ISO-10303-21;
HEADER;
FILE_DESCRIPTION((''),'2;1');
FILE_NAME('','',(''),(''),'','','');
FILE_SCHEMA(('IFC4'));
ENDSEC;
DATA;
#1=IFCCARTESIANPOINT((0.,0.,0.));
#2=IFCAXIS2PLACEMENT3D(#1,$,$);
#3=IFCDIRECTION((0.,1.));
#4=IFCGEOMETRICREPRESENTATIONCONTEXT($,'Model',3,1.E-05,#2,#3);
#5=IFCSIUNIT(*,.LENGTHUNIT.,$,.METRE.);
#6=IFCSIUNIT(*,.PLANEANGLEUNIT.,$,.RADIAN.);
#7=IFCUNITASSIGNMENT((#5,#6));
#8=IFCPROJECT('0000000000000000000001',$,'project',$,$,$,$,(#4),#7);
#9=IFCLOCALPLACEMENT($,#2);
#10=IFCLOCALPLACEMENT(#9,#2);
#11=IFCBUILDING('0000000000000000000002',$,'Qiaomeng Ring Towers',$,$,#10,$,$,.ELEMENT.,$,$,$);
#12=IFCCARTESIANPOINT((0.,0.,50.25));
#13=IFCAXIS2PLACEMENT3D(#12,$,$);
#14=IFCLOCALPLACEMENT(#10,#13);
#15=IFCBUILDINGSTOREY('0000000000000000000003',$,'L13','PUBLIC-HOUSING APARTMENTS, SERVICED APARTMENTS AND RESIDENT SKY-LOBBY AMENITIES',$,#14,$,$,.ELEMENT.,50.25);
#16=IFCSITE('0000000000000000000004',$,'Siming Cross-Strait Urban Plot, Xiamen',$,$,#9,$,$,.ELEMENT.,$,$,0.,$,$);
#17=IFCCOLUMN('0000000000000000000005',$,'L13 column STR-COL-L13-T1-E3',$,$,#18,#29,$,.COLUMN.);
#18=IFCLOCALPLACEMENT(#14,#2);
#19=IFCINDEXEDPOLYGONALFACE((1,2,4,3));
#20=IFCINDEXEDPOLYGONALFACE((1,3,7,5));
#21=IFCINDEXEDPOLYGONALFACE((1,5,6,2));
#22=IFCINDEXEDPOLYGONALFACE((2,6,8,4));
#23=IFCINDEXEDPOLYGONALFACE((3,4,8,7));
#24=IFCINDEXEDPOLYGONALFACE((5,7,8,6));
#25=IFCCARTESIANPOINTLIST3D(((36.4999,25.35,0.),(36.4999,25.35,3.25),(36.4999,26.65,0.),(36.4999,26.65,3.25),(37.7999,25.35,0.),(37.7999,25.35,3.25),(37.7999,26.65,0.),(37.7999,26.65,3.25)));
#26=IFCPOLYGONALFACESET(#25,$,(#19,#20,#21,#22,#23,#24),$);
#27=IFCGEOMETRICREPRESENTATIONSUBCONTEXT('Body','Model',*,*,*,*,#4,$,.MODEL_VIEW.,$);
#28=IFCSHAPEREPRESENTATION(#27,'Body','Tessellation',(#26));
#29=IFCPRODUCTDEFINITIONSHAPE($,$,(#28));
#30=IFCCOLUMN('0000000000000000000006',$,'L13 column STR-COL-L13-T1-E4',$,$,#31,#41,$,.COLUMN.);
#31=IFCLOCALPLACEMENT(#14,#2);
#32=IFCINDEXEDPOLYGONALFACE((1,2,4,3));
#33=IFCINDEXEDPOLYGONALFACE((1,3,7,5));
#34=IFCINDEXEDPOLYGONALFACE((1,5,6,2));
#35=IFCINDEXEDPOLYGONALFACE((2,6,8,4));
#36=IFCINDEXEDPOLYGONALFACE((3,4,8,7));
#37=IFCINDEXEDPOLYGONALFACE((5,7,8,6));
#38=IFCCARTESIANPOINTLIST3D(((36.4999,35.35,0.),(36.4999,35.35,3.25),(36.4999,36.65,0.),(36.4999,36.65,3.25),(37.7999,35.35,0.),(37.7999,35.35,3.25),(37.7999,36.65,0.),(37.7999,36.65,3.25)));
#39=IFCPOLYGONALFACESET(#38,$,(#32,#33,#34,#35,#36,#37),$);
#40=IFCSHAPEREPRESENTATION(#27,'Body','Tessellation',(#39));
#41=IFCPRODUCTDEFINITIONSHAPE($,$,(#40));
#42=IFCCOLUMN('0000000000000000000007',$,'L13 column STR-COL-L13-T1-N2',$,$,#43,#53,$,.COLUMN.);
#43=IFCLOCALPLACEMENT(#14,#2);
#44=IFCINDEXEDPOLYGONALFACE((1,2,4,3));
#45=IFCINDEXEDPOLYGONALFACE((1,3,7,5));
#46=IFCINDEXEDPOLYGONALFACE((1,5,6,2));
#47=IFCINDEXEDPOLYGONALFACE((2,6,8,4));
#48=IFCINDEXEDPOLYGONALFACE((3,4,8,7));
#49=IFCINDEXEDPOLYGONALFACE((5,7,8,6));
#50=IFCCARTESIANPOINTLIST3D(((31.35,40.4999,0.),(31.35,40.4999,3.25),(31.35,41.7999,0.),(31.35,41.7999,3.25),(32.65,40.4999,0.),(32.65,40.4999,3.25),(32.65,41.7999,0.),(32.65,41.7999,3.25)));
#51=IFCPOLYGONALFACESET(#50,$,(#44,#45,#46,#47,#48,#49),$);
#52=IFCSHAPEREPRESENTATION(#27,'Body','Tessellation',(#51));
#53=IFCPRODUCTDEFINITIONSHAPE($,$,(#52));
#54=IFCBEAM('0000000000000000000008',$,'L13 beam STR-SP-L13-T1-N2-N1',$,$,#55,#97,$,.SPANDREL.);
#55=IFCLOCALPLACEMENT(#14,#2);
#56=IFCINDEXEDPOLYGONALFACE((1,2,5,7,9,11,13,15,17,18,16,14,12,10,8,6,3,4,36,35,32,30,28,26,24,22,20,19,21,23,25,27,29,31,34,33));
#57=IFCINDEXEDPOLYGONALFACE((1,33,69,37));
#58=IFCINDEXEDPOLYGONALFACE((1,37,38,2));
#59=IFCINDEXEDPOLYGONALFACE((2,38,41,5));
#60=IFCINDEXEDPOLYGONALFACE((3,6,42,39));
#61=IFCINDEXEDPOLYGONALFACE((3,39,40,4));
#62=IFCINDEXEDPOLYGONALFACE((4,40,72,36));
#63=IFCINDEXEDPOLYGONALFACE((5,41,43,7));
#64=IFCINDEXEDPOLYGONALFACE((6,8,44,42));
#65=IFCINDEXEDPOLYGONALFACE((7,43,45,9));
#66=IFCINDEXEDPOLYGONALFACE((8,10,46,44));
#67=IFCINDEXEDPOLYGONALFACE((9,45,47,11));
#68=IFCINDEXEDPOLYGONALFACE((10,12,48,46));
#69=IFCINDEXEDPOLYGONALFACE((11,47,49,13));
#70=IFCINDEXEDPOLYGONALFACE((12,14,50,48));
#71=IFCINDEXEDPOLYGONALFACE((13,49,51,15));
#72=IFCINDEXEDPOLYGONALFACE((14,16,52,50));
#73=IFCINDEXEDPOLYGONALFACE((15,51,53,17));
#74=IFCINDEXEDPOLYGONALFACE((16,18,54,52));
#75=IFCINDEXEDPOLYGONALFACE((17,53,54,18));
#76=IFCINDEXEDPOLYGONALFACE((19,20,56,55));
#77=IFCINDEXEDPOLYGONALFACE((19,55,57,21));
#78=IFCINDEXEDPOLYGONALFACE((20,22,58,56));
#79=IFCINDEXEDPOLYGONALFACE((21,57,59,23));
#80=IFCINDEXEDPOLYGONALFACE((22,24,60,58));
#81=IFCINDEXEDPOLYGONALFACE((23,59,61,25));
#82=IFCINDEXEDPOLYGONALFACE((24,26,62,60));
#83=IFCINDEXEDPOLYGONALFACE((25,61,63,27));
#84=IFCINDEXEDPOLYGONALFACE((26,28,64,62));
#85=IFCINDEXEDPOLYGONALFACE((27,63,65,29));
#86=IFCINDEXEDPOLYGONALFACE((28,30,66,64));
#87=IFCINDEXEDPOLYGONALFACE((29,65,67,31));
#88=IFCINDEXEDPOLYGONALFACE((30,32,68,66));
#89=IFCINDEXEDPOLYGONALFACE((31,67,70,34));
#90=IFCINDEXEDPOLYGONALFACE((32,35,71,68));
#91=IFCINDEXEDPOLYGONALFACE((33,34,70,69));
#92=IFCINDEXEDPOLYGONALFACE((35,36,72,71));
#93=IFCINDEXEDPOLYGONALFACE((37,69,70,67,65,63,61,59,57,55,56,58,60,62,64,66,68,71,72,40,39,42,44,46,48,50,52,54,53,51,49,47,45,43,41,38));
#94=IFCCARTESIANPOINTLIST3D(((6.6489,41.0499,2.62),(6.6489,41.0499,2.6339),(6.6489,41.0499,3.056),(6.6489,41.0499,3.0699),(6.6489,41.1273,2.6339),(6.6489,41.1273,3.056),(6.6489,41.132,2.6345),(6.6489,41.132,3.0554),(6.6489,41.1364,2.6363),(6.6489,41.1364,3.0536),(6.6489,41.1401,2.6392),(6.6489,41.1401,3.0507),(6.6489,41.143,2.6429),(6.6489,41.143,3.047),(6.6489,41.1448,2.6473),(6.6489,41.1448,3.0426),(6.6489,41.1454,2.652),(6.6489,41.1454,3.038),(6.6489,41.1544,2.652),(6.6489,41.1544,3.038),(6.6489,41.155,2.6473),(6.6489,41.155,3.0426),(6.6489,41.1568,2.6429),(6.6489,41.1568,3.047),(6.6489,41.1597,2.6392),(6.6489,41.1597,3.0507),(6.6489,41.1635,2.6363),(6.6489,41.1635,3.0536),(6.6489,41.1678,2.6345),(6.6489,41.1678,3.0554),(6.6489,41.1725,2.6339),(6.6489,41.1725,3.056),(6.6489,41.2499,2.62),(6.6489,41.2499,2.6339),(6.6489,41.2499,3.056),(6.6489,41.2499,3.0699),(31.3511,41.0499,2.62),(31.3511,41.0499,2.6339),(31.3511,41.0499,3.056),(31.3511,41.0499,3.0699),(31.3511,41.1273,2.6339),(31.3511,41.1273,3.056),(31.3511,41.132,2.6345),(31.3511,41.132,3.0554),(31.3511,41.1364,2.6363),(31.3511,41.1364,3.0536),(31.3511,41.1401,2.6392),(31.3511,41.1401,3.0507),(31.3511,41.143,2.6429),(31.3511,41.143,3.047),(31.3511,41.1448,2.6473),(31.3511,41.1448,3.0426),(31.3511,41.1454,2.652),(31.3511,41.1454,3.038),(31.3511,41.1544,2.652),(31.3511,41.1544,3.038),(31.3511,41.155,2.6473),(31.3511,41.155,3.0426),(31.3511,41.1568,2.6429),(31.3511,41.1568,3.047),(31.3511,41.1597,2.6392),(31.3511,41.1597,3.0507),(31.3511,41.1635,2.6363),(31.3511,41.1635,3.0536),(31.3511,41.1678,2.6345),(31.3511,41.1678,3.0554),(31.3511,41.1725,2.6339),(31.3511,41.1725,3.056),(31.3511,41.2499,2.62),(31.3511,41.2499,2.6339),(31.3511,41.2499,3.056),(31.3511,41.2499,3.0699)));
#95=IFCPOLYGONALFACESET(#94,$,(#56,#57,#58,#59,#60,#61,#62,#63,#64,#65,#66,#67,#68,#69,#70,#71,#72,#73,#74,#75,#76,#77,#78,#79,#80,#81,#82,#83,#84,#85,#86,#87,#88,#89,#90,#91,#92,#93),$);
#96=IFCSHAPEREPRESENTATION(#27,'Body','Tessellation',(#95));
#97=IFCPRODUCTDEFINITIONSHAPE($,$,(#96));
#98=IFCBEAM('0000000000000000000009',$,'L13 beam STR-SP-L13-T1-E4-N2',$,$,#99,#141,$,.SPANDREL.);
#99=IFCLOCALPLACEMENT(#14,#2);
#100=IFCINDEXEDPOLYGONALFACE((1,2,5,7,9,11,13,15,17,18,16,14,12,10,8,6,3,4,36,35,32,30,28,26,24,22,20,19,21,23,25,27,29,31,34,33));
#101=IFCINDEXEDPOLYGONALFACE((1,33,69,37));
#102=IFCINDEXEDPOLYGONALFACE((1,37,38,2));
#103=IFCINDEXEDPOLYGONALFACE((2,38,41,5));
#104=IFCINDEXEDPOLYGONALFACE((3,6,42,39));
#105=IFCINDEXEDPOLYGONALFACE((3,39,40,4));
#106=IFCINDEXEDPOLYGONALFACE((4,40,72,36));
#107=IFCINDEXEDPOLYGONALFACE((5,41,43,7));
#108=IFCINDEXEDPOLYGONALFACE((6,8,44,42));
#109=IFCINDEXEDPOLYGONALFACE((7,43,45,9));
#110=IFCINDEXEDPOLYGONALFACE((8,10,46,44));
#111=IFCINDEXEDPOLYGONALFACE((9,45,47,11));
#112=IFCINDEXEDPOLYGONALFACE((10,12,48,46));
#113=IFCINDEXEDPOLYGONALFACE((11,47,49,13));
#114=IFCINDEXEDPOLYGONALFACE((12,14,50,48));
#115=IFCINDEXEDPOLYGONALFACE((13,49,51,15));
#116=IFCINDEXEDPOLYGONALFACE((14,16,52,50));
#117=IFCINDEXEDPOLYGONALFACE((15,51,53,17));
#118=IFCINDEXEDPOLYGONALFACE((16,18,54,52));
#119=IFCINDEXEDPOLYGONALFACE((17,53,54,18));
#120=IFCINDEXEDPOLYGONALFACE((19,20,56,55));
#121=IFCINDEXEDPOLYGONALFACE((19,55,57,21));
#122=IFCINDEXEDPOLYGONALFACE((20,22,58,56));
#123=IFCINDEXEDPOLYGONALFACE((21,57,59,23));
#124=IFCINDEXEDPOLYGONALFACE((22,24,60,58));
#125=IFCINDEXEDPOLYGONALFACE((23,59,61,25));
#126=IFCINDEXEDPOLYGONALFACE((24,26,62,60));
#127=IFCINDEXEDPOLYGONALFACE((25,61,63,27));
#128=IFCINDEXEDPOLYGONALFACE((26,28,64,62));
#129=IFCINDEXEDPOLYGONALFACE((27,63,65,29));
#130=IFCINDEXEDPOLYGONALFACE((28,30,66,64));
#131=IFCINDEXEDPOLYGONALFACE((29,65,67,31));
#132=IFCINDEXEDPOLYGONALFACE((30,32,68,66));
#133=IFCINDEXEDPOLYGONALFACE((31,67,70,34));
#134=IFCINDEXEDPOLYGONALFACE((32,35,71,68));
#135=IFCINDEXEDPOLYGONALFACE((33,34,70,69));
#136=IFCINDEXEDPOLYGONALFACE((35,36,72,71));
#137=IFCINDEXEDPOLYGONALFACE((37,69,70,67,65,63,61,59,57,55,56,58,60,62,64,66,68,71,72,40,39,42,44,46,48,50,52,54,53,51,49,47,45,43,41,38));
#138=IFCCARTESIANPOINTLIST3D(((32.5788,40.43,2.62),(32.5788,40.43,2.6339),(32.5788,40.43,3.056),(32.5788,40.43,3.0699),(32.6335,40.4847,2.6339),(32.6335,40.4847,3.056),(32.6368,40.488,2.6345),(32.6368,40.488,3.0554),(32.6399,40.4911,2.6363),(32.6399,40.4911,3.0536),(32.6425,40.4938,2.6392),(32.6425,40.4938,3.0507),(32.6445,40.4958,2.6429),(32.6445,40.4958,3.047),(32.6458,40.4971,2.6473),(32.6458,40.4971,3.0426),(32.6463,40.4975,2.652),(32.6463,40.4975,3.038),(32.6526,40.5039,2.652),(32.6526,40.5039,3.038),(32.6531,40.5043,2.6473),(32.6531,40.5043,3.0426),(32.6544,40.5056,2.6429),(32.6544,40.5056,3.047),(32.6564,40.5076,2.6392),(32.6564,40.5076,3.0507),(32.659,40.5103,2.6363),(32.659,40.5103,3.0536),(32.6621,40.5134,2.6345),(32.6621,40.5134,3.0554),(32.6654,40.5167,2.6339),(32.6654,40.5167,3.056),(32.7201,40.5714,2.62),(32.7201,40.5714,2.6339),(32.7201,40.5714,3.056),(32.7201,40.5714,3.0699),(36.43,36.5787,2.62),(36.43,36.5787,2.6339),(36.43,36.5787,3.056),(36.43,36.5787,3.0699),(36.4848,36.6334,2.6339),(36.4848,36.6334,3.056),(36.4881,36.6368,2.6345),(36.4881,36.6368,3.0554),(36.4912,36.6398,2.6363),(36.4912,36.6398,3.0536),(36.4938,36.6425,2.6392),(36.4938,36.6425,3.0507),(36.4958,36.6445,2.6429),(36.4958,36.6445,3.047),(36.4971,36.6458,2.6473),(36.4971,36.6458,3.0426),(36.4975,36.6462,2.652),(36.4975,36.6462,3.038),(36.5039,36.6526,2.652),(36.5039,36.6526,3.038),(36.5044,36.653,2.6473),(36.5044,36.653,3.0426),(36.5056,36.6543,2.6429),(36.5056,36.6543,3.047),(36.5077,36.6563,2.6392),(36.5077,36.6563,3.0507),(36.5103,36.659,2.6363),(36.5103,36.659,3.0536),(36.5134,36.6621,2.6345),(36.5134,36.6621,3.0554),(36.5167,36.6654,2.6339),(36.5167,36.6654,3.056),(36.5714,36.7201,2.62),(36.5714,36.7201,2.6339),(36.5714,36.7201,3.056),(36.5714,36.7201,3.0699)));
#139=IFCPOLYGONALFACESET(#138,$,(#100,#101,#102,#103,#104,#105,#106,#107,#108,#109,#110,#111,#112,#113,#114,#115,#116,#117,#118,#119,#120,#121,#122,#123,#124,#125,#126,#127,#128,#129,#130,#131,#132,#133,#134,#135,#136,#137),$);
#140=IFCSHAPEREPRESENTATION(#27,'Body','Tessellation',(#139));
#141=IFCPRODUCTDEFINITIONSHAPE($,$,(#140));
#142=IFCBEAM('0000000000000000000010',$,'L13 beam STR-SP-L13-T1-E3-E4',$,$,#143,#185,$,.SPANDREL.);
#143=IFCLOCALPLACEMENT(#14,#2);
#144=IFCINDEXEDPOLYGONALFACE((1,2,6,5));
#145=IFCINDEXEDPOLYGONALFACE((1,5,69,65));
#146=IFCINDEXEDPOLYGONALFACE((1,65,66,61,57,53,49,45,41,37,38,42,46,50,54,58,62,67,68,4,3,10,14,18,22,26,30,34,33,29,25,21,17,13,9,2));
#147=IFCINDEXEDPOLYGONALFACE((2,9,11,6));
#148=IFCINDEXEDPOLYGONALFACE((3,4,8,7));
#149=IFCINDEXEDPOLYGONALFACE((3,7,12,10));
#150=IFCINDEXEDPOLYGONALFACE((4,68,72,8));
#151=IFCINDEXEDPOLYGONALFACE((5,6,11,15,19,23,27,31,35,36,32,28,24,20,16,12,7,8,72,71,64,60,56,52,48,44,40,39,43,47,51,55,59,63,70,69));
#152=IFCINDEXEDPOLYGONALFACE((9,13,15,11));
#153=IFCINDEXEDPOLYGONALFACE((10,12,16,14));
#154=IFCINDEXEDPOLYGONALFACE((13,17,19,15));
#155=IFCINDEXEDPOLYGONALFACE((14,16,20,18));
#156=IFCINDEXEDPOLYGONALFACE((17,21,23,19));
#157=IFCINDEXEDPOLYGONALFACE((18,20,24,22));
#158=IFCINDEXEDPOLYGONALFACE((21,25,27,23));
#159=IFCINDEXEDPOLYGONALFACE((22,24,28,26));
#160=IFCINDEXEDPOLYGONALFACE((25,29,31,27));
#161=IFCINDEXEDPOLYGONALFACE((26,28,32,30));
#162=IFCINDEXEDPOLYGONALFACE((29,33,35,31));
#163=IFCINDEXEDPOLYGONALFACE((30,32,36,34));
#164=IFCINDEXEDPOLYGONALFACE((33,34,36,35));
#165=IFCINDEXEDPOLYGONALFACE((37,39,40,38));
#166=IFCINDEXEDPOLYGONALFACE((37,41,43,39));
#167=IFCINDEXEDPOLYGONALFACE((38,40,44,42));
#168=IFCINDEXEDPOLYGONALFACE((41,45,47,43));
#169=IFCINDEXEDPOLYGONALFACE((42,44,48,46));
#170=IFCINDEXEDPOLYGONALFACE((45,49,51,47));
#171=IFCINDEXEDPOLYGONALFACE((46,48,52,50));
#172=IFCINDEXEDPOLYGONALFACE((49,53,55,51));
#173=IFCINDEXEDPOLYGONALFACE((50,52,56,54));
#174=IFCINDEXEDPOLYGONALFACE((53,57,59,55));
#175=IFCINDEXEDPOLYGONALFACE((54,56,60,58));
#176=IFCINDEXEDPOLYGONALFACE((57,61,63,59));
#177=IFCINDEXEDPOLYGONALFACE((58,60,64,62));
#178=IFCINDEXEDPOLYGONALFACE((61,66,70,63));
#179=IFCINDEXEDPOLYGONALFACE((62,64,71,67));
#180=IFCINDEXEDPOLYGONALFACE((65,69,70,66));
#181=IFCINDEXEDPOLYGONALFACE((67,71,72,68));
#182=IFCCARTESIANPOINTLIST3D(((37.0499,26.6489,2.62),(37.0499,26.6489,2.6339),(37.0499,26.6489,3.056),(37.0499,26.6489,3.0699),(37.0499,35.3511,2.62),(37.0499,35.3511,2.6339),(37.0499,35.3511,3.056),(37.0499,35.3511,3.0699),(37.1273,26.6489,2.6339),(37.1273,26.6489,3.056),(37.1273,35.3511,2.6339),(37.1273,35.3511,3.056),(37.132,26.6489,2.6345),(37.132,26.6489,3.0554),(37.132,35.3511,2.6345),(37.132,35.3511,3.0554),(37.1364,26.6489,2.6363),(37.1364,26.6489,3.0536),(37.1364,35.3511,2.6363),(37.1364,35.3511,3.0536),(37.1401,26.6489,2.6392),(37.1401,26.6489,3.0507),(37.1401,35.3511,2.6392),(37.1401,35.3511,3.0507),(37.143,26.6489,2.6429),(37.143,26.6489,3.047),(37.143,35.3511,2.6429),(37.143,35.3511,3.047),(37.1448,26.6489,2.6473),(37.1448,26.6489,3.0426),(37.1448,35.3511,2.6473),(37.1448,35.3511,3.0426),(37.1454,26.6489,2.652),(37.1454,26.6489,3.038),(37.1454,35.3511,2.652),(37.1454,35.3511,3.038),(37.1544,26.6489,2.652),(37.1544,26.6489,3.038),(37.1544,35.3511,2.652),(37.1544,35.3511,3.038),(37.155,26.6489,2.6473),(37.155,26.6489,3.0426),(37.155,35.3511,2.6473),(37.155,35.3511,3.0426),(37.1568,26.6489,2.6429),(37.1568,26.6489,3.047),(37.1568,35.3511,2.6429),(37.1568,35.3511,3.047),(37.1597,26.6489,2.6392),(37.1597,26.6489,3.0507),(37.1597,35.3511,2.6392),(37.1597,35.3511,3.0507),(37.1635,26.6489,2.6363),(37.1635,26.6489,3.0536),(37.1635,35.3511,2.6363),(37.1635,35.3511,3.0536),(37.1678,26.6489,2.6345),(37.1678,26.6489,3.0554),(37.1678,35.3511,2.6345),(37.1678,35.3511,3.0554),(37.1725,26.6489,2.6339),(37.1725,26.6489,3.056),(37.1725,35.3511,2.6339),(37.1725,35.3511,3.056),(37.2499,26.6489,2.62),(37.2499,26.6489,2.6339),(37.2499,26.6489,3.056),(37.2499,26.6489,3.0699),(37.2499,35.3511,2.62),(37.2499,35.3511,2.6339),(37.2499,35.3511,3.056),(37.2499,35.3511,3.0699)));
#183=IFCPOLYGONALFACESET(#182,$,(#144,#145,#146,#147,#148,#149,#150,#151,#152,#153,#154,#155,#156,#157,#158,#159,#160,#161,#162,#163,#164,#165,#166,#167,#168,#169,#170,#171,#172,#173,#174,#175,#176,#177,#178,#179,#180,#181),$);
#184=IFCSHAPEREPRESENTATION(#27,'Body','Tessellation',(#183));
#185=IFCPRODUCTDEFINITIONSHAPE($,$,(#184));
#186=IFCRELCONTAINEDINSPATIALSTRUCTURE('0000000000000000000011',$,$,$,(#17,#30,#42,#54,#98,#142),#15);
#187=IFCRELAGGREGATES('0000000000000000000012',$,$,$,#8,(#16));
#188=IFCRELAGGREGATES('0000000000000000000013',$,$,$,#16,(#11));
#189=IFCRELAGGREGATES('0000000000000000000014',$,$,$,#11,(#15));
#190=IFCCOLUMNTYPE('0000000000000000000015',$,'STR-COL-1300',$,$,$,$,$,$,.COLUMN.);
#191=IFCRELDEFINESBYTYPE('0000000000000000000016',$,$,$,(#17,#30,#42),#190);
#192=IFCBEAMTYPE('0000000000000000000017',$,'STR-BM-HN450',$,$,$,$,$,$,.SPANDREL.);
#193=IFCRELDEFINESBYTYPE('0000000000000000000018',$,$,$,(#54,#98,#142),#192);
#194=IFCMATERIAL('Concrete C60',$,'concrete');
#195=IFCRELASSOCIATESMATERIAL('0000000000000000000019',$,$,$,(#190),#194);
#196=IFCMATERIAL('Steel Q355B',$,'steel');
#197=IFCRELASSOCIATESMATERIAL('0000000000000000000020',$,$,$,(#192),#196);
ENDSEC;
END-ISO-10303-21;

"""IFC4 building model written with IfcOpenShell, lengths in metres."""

from ifc_helpers import new_model, si_unit, direction, frame, origin, origin_2d, place, context, subcontext, project, spatial, rectangle, i_section, extrude, source, transform, mapped, material, material_profile, profile_set, type_object, element, save


model = new_model("IFC4")

# Units and contexts
model_context = context("Model", 3, precision=1e-05, world=origin(), true_north=direction((0.0, 1.0)))
body_context = subcontext(model_context, "Body", "Model", "MODEL_VIEW")
ifc_project = project(units=[si_unit("LENGTHUNIT", "METRE"), si_unit("PLANEANGLEUNIT", "RADIAN")], contexts=[model_context])

# Site, building, storey
site_placement = place(None, origin())
site = spatial("IfcSite", under=ifc_project, at=site_placement, Name="Siming Cross-Strait Urban Plot, Xiamen", CompositionType="ELEMENT", RefElevation=0.0)
building_placement = place(site_placement, origin())
building = spatial("IfcBuilding", under=site, at=building_placement, Name="Qiaomeng Ring Towers", CompositionType="ELEMENT")
storey_placement = place(building_placement, frame((0.0, 0.0, 50.25)))
storey = spatial("IfcBuildingStorey", under=building, at=storey_placement, Name="L13", Description="PUBLIC-HOUSING APARTMENTS, SERVICED APARTMENTS AND RESIDENT SKY-LOBBY AMENITIES", CompositionType="ELEMENT", Elevation=50.25)

# Columns
ifc_material_1 = material(Name="Concrete C60", Category="concrete")
ifc_material_profile_1 = material_profile(ifc_material_1, rectangle(XDim=1.3, YDim=1.3, at=origin_2d()), Name="RC COL 1300x1300")
ifc_profile_set_1 = profile_set([ifc_material_profile_1], Name="Concrete C60")
column_type = type_object("IfcColumnType", Name="STR-COL-1300", PredefinedType="COLUMN", material=ifc_profile_set_1)
shared_shape_1 = source(origin(), body_context, "Body", "SweptSolid", [
    extrude(rectangle(XDim=1.3, YDim=1.3, at=origin_2d()), origin(), (0.0, 0.0, 1.0), 3.25),
])
for number, where, z_axis, x_axis, name in (
    (1, (37.1499, 26.0, 0.0), (0.0, 0.0, 1.0), (1.0, 0.0, 0.0), "L13 column STR-COL-L13-T1-E3"),
    (2, (37.1499, 36.0, 0.0), (0.0, 0.0, 1.0), (1.0, 0.0, 0.0), "L13 column STR-COL-L13-T1-E4"),
    (3, (32.0, 41.1499, 0.0), (0.0, 0.0, 1.0), (1.0, 0.0, 0.0), "L13 column STR-COL-L13-T1-N2"),
):
    element("IfcColumn", number, at=place(storey_placement, frame(where, z_axis=z_axis, x_axis=x_axis)), inside=storey, type_object=column_type, Name=name, PredefinedType="COLUMN", context=body_context, shape_type="MappedRepresentation", body=[
        mapped(shared_shape_1, transform((0.0, 0.0, 0.0), x_axis=(1.0, 0.0, 0.0), y_axis=(0.0, 1.0, 0.0), z_axis=(0.0, 0.0, 1.0), scale=1.0)),
    ])

# Beams
ifc_material_2 = material(Name="Steel Q355B", Category="steel")
ifc_material_profile_2 = material_profile(ifc_material_2, i_section(OverallWidth=0.2, OverallDepth=0.45, WebThickness=0.009, FlangeThickness=0.0139, FilletRadius=0.0181, at=origin_2d()), Name="HN 450x200x9x14")
ifc_profile_set_2 = profile_set([ifc_material_profile_2], Name="Steel Q355B")
beam_type_1 = type_object("IfcBeamType", Name="STR-BM-HN450", PredefinedType="SPANDREL", material=ifc_profile_set_2)
shared_shape_2 = source(origin(), body_context, "Body", "SweptSolid", [
    extrude(i_section(OverallWidth=0.2, OverallDepth=0.45, WebThickness=0.009, FlangeThickness=0.0139, FilletRadius=0.0181, at=origin_2d()), origin(), (0.0, 0.0, 1.0), 24.7021),
])
beam_1_placement = place(storey_placement, frame((31.3511, 41.1499, 2.845), z_axis=(-1.0, 0.0, 0.0), x_axis=(0.0, -1.0, 0.0)))
element("IfcBeam", 4, at=beam_1_placement, inside=storey, type_object=beam_type_1, Name="L13 beam STR-SP-L13-T1-N2-N1", PredefinedType="SPANDREL", context=body_context, shape_type="MappedRepresentation", body=[
    mapped(shared_shape_2, transform((0.0, 0.0, 0.0), x_axis=(1.0, 0.0, 0.0), y_axis=(0.0, 1.0, 0.0), z_axis=(0.0, 0.0, 1.0), scale=1.0)),
])
shared_shape_3 = source(origin(), body_context, "Body", "SweptSolid", [
    extrude(i_section(OverallWidth=0.2, OverallDepth=0.45, WebThickness=0.009, FlangeThickness=0.0139, FilletRadius=0.0181, at=origin_2d()), origin(), (0.0, 0.0, 1.0), 5.4465),
])
beam_2_placement = place(storey_placement, frame((36.5007, 36.6494, 2.845), z_axis=(-0.707107, 0.707107, 0.0), x_axis=(-0.707107, -0.707107, 0.0)))
element("IfcBeam", 5, at=beam_2_placement, inside=storey, type_object=beam_type_1, Name="L13 beam STR-SP-L13-T1-E4-N2", PredefinedType="SPANDREL", context=body_context, shape_type="MappedRepresentation", body=[
    mapped(shared_shape_3, transform((0.0, 0.0, 0.0), x_axis=(1.0, 0.0, 0.0), y_axis=(0.0, 1.0, 0.0), z_axis=(0.0, 0.0, 1.0), scale=1.0)),
])
shared_shape_4 = source(origin(), body_context, "Body", "SweptSolid", [
    extrude(i_section(OverallWidth=0.2, OverallDepth=0.45, WebThickness=0.009, FlangeThickness=0.0139, FilletRadius=0.0181, at=origin_2d()), origin(), (0.0, 0.0, 1.0), 8.7021),
])
beam_3_placement = place(storey_placement, frame((37.1499, 26.6489, 2.845), z_axis=(0.0, 1.0, 0.0), x_axis=(-1.0, 0.0, 0.0)))
element("IfcBeam", 6, at=beam_3_placement, inside=storey, type_object=beam_type_1, Name="L13 beam STR-SP-L13-T1-E3-E4", PredefinedType="SPANDREL", context=body_context, shape_type="MappedRepresentation", body=[
    mapped(shared_shape_4, transform((0.0, 0.0, 0.0), x_axis=(1.0, 0.0, 0.0), y_axis=(0.0, 1.0, 0.0), z_axis=(0.0, 0.0, 1.0), scale=1.0)),
])

save(model, "model.ifc")
